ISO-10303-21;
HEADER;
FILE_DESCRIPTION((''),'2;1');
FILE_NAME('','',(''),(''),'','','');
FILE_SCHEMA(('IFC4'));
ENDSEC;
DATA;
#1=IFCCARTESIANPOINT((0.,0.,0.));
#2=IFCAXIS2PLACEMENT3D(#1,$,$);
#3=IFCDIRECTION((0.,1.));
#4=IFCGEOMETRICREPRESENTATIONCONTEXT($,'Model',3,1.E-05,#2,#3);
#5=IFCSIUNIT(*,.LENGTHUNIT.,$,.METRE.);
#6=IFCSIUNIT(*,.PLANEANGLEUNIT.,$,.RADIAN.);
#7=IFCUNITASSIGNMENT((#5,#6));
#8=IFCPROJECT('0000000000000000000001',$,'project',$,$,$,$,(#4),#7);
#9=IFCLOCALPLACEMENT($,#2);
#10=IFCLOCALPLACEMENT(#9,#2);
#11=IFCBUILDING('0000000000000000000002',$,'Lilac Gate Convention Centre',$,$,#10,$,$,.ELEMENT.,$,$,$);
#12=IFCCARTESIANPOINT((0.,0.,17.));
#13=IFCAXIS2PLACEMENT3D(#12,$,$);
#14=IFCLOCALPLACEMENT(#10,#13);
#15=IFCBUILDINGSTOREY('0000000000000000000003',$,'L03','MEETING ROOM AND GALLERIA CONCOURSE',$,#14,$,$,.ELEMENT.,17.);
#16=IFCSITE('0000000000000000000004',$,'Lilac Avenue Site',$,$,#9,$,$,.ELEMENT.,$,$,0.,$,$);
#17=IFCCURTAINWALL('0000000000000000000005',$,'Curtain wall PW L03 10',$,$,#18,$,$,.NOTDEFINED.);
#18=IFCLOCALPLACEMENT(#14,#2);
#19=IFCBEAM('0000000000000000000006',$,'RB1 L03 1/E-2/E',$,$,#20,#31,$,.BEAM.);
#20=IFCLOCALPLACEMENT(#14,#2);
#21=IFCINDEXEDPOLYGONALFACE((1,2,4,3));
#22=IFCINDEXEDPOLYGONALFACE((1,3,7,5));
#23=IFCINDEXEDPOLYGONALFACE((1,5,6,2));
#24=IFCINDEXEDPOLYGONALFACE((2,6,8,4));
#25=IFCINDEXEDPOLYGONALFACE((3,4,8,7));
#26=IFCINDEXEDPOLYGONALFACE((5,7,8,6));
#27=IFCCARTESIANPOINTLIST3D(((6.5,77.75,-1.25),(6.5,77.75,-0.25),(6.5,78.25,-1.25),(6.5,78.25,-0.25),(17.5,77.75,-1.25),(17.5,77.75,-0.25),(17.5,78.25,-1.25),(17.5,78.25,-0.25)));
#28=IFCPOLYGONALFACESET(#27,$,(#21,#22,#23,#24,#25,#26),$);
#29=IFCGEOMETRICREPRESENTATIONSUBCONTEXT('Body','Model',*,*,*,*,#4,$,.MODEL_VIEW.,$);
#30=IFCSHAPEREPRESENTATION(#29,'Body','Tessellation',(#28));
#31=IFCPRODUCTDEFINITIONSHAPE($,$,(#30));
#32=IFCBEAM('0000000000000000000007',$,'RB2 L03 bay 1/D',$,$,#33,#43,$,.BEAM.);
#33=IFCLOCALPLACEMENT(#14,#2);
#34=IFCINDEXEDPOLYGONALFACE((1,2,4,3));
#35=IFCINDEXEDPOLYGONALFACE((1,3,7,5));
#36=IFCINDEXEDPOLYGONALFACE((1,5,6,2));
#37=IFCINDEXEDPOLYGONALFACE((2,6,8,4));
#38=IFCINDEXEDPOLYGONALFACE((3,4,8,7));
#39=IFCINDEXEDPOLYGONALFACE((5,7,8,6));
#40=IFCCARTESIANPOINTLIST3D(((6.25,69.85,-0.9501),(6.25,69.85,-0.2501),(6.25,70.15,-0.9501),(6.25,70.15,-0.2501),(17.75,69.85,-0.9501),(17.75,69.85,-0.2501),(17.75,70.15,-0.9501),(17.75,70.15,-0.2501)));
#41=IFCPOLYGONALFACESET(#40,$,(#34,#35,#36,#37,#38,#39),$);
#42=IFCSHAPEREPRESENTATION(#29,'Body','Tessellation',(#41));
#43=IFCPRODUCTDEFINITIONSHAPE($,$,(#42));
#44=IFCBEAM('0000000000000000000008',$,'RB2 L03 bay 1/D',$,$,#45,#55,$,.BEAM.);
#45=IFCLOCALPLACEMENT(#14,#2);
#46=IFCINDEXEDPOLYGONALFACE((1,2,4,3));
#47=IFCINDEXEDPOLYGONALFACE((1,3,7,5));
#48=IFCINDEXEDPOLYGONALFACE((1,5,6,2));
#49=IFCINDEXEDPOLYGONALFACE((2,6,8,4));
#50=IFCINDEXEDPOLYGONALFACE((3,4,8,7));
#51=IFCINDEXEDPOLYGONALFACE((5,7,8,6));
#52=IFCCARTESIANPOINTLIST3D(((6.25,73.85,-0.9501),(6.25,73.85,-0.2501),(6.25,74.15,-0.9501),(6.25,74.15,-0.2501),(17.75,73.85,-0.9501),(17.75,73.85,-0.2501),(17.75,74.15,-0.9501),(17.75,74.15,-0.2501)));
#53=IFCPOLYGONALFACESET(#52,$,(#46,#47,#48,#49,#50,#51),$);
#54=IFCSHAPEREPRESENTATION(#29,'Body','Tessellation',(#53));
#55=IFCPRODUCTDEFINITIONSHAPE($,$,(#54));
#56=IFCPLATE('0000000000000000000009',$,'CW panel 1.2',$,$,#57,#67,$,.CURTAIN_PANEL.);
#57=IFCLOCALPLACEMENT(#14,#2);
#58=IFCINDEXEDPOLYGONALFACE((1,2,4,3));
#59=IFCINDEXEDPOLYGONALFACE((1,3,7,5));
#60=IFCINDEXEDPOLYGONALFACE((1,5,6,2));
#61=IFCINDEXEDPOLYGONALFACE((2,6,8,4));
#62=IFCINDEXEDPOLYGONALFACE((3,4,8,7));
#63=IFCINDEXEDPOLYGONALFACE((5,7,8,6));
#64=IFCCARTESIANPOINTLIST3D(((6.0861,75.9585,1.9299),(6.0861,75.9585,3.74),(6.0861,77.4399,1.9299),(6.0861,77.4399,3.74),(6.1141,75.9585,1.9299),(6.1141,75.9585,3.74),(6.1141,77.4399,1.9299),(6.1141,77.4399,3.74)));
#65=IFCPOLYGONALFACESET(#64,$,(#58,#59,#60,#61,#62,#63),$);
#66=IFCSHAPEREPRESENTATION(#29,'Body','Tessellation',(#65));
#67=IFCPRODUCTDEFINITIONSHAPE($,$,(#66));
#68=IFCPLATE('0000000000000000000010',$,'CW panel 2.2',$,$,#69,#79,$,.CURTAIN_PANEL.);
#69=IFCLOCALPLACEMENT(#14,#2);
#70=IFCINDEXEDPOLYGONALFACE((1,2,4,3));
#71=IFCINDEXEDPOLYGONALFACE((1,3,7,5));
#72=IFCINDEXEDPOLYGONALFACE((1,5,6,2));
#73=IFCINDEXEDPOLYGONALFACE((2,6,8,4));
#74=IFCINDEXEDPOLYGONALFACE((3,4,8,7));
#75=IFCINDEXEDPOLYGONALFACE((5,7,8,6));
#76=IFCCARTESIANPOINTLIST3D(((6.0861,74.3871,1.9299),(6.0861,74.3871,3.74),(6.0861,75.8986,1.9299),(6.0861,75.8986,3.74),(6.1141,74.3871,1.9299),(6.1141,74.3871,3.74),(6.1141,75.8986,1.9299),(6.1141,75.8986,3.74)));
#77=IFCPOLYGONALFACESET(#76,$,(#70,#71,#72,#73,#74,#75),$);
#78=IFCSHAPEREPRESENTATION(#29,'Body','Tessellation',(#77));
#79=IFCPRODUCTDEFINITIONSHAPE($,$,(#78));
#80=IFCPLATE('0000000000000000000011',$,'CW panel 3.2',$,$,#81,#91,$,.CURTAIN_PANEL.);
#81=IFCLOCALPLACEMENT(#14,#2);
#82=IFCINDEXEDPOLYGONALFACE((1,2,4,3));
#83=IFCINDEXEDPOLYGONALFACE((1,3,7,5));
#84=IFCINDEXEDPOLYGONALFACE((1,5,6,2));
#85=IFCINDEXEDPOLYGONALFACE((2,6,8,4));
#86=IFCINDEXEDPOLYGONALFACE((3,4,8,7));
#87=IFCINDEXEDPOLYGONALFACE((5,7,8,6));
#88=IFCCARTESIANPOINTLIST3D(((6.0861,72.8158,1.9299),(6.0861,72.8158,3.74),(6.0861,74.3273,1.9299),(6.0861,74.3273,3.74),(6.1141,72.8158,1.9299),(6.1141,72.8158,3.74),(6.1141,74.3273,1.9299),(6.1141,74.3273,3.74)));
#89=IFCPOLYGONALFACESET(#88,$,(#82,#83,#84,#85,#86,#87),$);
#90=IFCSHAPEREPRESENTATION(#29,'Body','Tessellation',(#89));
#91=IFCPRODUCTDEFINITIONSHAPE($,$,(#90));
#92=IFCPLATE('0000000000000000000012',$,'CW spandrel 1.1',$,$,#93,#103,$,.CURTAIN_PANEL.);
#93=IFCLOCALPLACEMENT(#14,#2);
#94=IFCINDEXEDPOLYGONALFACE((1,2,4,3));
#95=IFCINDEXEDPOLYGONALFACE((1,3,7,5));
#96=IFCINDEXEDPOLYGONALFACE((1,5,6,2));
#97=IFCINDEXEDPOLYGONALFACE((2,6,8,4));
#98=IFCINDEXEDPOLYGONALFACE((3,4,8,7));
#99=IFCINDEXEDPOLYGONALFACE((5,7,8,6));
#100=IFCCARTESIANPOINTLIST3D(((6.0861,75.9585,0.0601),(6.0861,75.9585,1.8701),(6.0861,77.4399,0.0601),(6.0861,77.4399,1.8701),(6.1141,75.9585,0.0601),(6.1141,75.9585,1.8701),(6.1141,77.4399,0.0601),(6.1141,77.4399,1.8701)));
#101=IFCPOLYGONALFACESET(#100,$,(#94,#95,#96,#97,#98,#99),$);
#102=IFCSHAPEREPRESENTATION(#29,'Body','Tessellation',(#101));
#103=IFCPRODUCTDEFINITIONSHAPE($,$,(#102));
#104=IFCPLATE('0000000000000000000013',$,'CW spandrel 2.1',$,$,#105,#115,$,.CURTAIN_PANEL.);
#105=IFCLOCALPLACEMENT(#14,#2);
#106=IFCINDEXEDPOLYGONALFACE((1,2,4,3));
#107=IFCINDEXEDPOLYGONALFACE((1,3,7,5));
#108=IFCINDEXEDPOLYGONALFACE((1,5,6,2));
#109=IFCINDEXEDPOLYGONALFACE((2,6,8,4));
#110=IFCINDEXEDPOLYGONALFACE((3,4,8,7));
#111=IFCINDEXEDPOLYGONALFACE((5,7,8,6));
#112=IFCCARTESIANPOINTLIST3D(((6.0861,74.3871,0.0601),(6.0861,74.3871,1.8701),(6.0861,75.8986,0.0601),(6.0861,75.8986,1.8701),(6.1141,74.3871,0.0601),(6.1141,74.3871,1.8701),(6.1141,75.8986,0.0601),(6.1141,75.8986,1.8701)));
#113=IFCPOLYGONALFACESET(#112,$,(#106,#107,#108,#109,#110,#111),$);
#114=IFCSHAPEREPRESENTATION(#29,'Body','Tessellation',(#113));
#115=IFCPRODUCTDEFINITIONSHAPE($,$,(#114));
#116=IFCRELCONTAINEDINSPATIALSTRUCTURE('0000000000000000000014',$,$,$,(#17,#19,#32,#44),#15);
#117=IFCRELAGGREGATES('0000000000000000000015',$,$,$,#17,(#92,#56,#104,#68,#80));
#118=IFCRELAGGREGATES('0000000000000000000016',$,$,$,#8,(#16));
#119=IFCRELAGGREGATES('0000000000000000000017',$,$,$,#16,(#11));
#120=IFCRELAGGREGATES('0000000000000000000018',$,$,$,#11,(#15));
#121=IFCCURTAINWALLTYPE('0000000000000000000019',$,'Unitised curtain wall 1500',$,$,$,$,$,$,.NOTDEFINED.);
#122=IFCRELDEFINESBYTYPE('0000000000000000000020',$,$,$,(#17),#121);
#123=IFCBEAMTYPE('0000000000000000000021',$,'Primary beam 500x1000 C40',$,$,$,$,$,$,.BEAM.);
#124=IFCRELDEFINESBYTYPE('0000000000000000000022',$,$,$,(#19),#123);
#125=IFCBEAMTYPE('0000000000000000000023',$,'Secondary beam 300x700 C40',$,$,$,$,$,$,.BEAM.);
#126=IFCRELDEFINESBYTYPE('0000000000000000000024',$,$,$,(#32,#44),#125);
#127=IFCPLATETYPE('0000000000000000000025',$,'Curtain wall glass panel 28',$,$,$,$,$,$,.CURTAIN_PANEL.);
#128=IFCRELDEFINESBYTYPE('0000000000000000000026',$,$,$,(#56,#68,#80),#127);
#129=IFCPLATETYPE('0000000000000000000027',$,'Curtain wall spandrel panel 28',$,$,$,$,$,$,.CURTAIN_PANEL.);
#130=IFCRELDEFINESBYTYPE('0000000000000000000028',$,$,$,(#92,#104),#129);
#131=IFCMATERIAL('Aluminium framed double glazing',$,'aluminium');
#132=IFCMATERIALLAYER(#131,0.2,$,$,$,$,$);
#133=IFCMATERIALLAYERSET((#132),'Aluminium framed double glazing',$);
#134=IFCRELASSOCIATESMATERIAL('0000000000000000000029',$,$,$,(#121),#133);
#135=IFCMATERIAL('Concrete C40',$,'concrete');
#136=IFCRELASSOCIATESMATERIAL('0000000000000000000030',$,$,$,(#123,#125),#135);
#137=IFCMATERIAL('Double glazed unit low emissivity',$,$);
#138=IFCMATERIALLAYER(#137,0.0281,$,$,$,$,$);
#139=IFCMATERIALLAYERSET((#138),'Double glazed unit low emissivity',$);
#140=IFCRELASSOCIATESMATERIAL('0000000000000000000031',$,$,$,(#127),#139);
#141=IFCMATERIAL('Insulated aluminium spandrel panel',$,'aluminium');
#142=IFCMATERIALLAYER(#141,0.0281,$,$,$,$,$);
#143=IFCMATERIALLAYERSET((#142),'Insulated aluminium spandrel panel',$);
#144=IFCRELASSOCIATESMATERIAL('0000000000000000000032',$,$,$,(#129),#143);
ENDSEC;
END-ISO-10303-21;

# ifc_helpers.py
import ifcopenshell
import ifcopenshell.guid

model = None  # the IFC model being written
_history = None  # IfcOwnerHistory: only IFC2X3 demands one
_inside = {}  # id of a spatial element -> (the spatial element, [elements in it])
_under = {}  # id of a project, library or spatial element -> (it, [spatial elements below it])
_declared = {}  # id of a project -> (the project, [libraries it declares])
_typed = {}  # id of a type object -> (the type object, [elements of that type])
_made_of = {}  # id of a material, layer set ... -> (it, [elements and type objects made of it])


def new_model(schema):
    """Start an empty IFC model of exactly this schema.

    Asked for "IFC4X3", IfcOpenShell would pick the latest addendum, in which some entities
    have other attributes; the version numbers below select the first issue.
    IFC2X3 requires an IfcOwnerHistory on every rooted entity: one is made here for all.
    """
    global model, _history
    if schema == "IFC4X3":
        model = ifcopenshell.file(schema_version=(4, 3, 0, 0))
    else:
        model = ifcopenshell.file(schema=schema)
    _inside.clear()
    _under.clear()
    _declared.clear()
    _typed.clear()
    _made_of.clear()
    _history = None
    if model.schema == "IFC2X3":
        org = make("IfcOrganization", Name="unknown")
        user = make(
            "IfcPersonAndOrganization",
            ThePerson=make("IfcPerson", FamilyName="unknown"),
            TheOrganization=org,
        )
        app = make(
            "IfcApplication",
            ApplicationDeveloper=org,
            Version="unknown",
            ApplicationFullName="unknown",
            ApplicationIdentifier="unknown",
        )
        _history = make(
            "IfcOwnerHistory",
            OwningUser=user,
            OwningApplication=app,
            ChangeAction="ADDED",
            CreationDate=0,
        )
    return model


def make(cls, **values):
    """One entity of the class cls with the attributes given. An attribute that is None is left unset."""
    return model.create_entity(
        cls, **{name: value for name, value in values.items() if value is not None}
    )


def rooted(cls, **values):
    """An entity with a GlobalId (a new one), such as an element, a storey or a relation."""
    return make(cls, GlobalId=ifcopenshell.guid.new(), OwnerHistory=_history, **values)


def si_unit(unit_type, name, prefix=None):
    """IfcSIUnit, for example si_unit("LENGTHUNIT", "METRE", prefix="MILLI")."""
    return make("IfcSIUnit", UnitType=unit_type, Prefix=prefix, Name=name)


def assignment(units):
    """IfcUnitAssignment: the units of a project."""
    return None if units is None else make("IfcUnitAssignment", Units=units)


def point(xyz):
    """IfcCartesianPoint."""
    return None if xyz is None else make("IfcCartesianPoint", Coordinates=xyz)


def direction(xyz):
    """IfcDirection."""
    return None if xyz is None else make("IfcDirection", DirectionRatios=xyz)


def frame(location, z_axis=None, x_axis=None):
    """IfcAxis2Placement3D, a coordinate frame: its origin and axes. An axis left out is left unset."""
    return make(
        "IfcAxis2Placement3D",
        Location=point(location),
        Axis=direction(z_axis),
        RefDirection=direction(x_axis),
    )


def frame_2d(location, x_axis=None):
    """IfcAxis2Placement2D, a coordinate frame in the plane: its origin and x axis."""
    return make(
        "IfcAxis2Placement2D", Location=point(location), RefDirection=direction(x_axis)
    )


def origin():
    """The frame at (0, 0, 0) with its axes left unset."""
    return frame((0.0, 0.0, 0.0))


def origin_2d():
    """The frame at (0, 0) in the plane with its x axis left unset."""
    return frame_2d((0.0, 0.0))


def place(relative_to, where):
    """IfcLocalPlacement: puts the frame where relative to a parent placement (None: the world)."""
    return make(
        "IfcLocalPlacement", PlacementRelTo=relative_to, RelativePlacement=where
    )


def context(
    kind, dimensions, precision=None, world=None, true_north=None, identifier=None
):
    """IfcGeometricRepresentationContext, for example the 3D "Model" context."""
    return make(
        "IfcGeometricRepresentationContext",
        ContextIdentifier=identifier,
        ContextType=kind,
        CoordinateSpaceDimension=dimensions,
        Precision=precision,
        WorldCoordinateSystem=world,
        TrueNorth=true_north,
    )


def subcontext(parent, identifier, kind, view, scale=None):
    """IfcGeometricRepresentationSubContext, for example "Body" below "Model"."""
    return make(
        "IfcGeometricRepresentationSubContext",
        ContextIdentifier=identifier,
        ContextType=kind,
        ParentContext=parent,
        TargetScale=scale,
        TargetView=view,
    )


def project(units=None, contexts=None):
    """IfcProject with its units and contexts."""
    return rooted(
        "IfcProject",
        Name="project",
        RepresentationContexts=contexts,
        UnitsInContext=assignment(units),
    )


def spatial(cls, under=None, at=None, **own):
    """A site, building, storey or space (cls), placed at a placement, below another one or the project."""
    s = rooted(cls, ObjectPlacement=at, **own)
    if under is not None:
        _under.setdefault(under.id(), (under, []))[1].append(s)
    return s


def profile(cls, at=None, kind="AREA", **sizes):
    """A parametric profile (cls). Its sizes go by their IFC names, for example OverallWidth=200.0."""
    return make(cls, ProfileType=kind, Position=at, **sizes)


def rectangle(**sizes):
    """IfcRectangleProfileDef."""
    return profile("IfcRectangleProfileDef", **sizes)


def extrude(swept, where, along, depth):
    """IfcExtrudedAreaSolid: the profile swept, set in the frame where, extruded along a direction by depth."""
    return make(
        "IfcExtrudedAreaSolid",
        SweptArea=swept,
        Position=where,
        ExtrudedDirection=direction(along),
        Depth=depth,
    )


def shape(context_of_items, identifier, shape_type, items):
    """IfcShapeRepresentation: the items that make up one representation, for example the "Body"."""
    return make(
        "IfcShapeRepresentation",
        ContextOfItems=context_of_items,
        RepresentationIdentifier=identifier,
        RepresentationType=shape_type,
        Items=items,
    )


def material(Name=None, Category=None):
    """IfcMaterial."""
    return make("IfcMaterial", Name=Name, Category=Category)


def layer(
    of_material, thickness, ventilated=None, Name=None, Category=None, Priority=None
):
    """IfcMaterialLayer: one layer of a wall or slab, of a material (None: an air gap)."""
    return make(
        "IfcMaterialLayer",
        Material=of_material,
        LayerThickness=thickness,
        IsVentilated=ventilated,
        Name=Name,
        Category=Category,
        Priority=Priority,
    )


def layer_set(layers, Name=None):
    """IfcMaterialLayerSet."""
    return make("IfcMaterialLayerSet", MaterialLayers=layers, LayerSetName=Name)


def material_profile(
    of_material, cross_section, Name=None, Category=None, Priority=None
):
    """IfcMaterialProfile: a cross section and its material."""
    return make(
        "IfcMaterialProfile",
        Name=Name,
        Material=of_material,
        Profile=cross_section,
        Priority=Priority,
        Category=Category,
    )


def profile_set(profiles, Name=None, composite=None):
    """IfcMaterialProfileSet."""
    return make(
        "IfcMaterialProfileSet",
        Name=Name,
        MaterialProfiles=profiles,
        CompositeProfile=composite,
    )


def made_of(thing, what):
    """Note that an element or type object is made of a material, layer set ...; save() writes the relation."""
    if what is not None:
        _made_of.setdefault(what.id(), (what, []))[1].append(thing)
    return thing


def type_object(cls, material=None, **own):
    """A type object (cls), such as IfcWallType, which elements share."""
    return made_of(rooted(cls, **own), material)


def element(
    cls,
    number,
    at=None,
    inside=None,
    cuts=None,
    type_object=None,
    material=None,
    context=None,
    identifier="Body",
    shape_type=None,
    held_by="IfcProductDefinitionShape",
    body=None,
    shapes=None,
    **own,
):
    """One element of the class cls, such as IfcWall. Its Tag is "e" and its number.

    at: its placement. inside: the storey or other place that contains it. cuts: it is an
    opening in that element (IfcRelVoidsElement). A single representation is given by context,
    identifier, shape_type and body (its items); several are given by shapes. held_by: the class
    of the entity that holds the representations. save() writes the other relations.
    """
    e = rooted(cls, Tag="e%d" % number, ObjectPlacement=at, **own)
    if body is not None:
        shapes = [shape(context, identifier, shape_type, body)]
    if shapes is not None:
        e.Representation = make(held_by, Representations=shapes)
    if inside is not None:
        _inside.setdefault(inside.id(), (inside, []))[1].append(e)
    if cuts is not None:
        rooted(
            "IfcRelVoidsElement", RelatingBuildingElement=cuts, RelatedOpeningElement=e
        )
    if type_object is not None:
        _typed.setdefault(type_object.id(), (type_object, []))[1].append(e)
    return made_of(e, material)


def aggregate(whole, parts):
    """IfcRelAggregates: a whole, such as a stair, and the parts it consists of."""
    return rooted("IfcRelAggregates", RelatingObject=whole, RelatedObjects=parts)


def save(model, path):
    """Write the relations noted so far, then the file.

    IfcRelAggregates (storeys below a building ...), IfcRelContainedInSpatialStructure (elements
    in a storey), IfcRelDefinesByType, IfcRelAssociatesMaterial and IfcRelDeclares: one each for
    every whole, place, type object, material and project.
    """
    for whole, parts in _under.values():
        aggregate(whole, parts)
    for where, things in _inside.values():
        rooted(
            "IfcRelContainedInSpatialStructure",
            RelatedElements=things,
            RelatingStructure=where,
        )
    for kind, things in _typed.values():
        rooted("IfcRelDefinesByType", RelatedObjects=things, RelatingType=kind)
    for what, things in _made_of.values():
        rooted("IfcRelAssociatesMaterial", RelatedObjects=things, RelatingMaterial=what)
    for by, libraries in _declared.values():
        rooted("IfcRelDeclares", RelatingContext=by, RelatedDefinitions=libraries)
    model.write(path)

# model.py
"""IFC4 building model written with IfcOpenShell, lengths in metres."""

from ifc_helpers import new_model, si_unit, direction, frame, origin, origin_2d, place, context, subcontext, project, spatial, rectangle, extrude, material, layer, layer_set, material_profile, profile_set, type_object, element, aggregate, save


model = new_model("IFC4")

# Units and contexts
model_context = context("Model", 3, precision=1e-05, world=origin(), true_north=direction((0.0, 1.0)))
body_context = subcontext(model_context, "Body", "Model", "MODEL_VIEW")
ifc_project = project(units=[si_unit("LENGTHUNIT", "METRE"), si_unit("PLANEANGLEUNIT", "RADIAN")], contexts=[model_context])

# Site, building, storey
site_placement = place(None, origin())
site = spatial("IfcSite", under=ifc_project, at=site_placement, Name="Lilac Avenue Site", CompositionType="ELEMENT", RefElevation=0.0)
building_placement = place(site_placement, origin())
building = spatial("IfcBuilding", under=site, at=building_placement, Name="Lilac Gate Convention Centre", CompositionType="ELEMENT")
storey_placement = place(building_placement, frame((0.0, 0.0, 17.0)))
storey = spatial("IfcBuildingStorey", under=building, at=storey_placement, Name="L03", Description="MEETING ROOM AND GALLERIA CONCOURSE", CompositionType="ELEMENT", Elevation=17.0)

# Shared definitions
ifc_material_1 = material(Name="Concrete C40", Category="concrete")

# Curtain wall
ifc_material_2 = material(Name="Aluminium framed double glazing", Category="aluminium")
ifc_layer_1 = layer(ifc_material_2, 0.2)
ifc_layer_set_1 = layer_set([ifc_layer_1], Name="Aluminium framed double glazing")
curtain_wall_type = type_object("IfcCurtainWallType", Name="Unitised curtain wall 1500", PredefinedType="NOTDEFINED", material=ifc_layer_set_1)
curtain_wall_placement = place(storey_placement, origin())
curtain_wall = element("IfcCurtainWall", 1, at=curtain_wall_placement, inside=storey, type_object=curtain_wall_type, Name="Curtain wall PW L03 10", PredefinedType="NOTDEFINED")

# Beams
ifc_material_profile_1 = material_profile(ifc_material_1, rectangle(XDim=0.5, YDim=1.0, at=origin_2d()), Name="RC 500x1000")
ifc_profile_set_1 = profile_set([ifc_material_profile_1], Name="Concrete C40")
beam_type_1 = type_object("IfcBeamType", Name="Primary beam 500x1000 C40", PredefinedType="BEAM", material=ifc_profile_set_1)
for number, where, z_axis, x_axis, name in (
    (2, (6.5, 78.0, -0.75), (1.0, 0.0, 0.0), (0.0, 1.0, 0.0), "RB1 L03 1/E-2/E"),
):
    element("IfcBeam", number, at=place(storey_placement, frame(where, z_axis=z_axis, x_axis=x_axis)), inside=storey, type_object=beam_type_1, Name=name, PredefinedType="BEAM", context=body_context, shape_type="SweptSolid", body=[
        extrude(rectangle(XDim=0.5, YDim=1.0, at=origin_2d()), origin(), (0.0, 0.0, 1.0), 11.0),
    ])
ifc_material_profile_2 = material_profile(ifc_material_1, rectangle(XDim=0.3, YDim=0.7, at=origin_2d()), Name="RC 300x700")
ifc_profile_set_2 = profile_set([ifc_material_profile_2], Name="Concrete C40")
beam_type_2 = type_object("IfcBeamType", Name="Secondary beam 300x700 C40", PredefinedType="BEAM", material=ifc_profile_set_2)
for number, where, z_axis, x_axis, name in (
    (3, (6.25, 70.0, -0.6001), (1.0, 0.0, 0.0), (0.0, 1.0, 0.0), "RB2 L03 bay 1/D"),
    (4, (6.25, 74.0, -0.6001), (1.0, 0.0, 0.0), (0.0, 1.0, 0.0), "RB2 L03 bay 1/D"),
):
    element("IfcBeam", number, at=place(storey_placement, frame(where, z_axis=z_axis, x_axis=x_axis)), inside=storey, type_object=beam_type_2, Name=name, PredefinedType="BEAM", context=body_context, shape_type="SweptSolid", body=[
        extrude(rectangle(XDim=0.3, YDim=0.7, at=origin_2d()), origin(), (0.0, 0.0, 1.0), 11.5),
    ])

# Plates
ifc_material_3 = material(Name="Double glazed unit low emissivity")
ifc_layer_2 = layer(ifc_material_3, 0.0281)
ifc_layer_set_2 = layer_set([ifc_layer_2], Name="Double glazed unit low emissivity")
plate_type_1 = type_object("IfcPlateType", Name="Curtain wall glass panel 28", PredefinedType="CURTAIN_PANEL", material=ifc_layer_set_2)
plate_1_placement = place(storey_placement, frame((6.1001, 76.6992, 1.9299), z_axis=(0.0, 0.0, 1.0), x_axis=(0.0, -1.0, 0.0)))
plate_1 = element("IfcPlate", 5, at=plate_1_placement, type_object=plate_type_1, Name="CW panel 1.2", PredefinedType="CURTAIN_PANEL", context=body_context, shape_type="SweptSolid", body=[
    extrude(rectangle(XDim=1.4814, YDim=0.0281, at=origin_2d()), origin(), (0.0, 0.0, 1.0), 1.8101),
])
plate_2_placement = place(storey_placement, frame((6.1001, 75.1428, 1.9299), z_axis=(0.0, 0.0, 1.0), x_axis=(0.0, -1.0, 0.0)))
plate_2 = element("IfcPlate", 6, at=plate_2_placement, type_object=plate_type_1, Name="CW panel 2.2", PredefinedType="CURTAIN_PANEL", context=body_context, shape_type="SweptSolid", body=[
    extrude(rectangle(XDim=1.5115, YDim=0.0281, at=origin_2d()), origin(), (0.0, 0.0, 1.0), 1.8101),
])
plate_3_placement = place(storey_placement, frame((6.1001, 73.5715, 1.9299), z_axis=(0.0, 0.0, 1.0), x_axis=(0.0, -1.0, 0.0)))
plate_3 = element("IfcPlate", 7, at=plate_3_placement, type_object=plate_type_1, Name="CW panel 3.2", PredefinedType="CURTAIN_PANEL", context=body_context, shape_type="SweptSolid", body=[
    extrude(rectangle(XDim=1.5115, YDim=0.0281, at=origin_2d()), origin(), (0.0, 0.0, 1.0), 1.8101),
])
ifc_material_4 = material(Name="Insulated aluminium spandrel panel", Category="aluminium")
ifc_layer_3 = layer(ifc_material_4, 0.0281)
ifc_layer_set_3 = layer_set([ifc_layer_3], Name="Insulated aluminium spandrel panel")
plate_type_2 = type_object("IfcPlateType", Name="Curtain wall spandrel panel 28", PredefinedType="CURTAIN_PANEL", material=ifc_layer_set_3)
plate_4_placement = place(storey_placement, frame((6.1001, 76.6992, 0.0601), z_axis=(0.0, 0.0, 1.0), x_axis=(0.0, -1.0, 0.0)))
plate_4 = element("IfcPlate", 8, at=plate_4_placement, type_object=plate_type_2, Name="CW spandrel 1.1", PredefinedType="CURTAIN_PANEL", context=body_context, shape_type="SweptSolid", body=[
    extrude(rectangle(XDim=1.4814, YDim=0.0281, at=origin_2d()), origin(), (0.0, 0.0, 1.0), 1.8101),
])
plate_5_placement = place(storey_placement, frame((6.1001, 75.1428, 0.0601), z_axis=(0.0, 0.0, 1.0), x_axis=(0.0, -1.0, 0.0)))
plate_5 = element("IfcPlate", 9, at=plate_5_placement, type_object=plate_type_2, Name="CW spandrel 2.1", PredefinedType="CURTAIN_PANEL", context=body_context, shape_type="SweptSolid", body=[
    extrude(rectangle(XDim=1.5115, YDim=0.0281, at=origin_2d()), origin(), (0.0, 0.0, 1.0), 1.8101),
])
aggregate(curtain_wall, [plate_4, plate_1, plate_5, plate_2, plate_3])

save(model, "model.ifc")
